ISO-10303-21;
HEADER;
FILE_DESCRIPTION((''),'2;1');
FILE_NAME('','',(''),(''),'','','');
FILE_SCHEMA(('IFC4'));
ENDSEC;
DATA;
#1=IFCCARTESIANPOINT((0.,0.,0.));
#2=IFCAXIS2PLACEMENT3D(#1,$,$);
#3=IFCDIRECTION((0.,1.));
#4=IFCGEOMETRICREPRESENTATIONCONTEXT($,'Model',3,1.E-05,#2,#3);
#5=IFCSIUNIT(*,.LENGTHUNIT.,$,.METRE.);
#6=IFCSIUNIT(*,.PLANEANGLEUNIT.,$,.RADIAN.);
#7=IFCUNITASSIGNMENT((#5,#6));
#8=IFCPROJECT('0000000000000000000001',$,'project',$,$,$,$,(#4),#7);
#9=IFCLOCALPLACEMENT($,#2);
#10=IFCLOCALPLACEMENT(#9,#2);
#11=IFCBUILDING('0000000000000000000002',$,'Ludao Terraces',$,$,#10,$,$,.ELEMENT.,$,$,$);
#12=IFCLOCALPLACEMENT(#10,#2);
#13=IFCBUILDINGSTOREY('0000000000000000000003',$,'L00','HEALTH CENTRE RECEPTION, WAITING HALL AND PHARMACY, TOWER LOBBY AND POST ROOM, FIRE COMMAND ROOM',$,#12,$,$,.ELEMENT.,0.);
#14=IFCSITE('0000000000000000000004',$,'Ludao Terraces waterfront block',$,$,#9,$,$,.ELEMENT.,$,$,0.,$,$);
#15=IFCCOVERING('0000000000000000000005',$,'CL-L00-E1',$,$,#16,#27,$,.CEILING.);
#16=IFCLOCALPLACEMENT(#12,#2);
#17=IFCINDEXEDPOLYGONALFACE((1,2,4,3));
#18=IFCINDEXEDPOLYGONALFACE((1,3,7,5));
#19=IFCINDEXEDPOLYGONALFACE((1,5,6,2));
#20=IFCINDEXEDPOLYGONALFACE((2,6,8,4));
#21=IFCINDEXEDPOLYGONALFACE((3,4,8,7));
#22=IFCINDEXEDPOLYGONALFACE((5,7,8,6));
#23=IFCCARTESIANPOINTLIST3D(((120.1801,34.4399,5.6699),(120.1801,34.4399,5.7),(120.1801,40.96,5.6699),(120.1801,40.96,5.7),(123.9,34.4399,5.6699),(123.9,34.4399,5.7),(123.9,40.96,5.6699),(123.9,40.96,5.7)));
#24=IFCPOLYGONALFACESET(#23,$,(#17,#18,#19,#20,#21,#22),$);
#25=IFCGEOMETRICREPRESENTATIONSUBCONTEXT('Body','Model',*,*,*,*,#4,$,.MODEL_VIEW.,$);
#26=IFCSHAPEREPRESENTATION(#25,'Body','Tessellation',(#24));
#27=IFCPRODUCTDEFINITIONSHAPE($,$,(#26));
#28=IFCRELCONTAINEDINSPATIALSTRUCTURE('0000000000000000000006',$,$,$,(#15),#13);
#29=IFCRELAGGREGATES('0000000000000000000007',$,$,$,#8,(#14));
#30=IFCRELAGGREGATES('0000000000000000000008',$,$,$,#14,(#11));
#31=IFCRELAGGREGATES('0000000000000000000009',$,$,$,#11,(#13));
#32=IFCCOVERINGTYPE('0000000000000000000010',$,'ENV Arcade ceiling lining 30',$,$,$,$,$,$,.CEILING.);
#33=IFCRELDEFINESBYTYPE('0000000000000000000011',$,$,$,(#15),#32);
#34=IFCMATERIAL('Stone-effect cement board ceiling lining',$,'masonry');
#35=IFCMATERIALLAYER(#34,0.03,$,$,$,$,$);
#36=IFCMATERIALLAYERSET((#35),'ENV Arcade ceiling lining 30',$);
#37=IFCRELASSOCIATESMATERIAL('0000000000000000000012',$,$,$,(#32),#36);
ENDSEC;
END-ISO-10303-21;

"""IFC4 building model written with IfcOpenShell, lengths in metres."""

from ifc_helpers import new_model, si_unit, direction, frame, origin, origin_2d, place, context, subcontext, project, spatial, rectangle, extrude, material, layer, layer_set, type_object, element, save


model = new_model("IFC4")

# Units and contexts
model_context = context("Model", 3, precision=1e-05, world=origin(), true_north=direction((0.0, 1.0)))
body_context = subcontext(model_context, "Body", "Model", "MODEL_VIEW")
ifc_project = project(units=[si_unit("LENGTHUNIT", "METRE"), si_unit("PLANEANGLEUNIT", "RADIAN")], contexts=[model_context])

# Site, building, storey
site_placement = place(None, origin())
site = spatial("IfcSite", under=ifc_project, at=site_placement, Name="Ludao Terraces waterfront block", CompositionType="ELEMENT", RefElevation=0.0)
building_placement = place(site_placement, origin())
building = spatial("IfcBuilding", under=site, at=building_placement, Name="Ludao Terraces", CompositionType="ELEMENT")
storey_placement = place(building_placement, origin())
storey = spatial("IfcBuildingStorey", under=building, at=storey_placement, Name="L00", Description="HEALTH CENTRE RECEPTION, WAITING HALL AND PHARMACY, TOWER LOBBY AND POST ROOM, FIRE COMMAND ROOM", CompositionType="ELEMENT", Elevation=0.0)

# Covering
ifc_material_1 = material(Name="Stone-effect cement board ceiling lining", Category="masonry")
ifc_layer_1 = layer(ifc_material_1, 0.03)
ifc_layer_set_1 = layer_set([ifc_layer_1], Name="ENV Arcade ceiling lining 30")
covering_type = type_object("IfcCoveringType", Name="ENV Arcade ceiling lining 30", PredefinedType="CEILING", material=ifc_layer_set_1)
covering_placement = place(storey_placement, frame((122.04, 37.7, 5.6699), z_axis=(0.0, 0.0, 1.0), x_axis=(1.0, 0.0, 0.0)))
element("IfcCovering", 1, at=covering_placement, inside=storey, type_object=covering_type, Name="CL-L00-E1", PredefinedType="CEILING", context=body_context, shape_type="SweptSolid", body=[
    extrude(rectangle(XDim=3.72, YDim=6.52, at=origin_2d()), origin(), (0.0, 0.0, 1.0), 0.03),
])

save(model, "model.ifc")
